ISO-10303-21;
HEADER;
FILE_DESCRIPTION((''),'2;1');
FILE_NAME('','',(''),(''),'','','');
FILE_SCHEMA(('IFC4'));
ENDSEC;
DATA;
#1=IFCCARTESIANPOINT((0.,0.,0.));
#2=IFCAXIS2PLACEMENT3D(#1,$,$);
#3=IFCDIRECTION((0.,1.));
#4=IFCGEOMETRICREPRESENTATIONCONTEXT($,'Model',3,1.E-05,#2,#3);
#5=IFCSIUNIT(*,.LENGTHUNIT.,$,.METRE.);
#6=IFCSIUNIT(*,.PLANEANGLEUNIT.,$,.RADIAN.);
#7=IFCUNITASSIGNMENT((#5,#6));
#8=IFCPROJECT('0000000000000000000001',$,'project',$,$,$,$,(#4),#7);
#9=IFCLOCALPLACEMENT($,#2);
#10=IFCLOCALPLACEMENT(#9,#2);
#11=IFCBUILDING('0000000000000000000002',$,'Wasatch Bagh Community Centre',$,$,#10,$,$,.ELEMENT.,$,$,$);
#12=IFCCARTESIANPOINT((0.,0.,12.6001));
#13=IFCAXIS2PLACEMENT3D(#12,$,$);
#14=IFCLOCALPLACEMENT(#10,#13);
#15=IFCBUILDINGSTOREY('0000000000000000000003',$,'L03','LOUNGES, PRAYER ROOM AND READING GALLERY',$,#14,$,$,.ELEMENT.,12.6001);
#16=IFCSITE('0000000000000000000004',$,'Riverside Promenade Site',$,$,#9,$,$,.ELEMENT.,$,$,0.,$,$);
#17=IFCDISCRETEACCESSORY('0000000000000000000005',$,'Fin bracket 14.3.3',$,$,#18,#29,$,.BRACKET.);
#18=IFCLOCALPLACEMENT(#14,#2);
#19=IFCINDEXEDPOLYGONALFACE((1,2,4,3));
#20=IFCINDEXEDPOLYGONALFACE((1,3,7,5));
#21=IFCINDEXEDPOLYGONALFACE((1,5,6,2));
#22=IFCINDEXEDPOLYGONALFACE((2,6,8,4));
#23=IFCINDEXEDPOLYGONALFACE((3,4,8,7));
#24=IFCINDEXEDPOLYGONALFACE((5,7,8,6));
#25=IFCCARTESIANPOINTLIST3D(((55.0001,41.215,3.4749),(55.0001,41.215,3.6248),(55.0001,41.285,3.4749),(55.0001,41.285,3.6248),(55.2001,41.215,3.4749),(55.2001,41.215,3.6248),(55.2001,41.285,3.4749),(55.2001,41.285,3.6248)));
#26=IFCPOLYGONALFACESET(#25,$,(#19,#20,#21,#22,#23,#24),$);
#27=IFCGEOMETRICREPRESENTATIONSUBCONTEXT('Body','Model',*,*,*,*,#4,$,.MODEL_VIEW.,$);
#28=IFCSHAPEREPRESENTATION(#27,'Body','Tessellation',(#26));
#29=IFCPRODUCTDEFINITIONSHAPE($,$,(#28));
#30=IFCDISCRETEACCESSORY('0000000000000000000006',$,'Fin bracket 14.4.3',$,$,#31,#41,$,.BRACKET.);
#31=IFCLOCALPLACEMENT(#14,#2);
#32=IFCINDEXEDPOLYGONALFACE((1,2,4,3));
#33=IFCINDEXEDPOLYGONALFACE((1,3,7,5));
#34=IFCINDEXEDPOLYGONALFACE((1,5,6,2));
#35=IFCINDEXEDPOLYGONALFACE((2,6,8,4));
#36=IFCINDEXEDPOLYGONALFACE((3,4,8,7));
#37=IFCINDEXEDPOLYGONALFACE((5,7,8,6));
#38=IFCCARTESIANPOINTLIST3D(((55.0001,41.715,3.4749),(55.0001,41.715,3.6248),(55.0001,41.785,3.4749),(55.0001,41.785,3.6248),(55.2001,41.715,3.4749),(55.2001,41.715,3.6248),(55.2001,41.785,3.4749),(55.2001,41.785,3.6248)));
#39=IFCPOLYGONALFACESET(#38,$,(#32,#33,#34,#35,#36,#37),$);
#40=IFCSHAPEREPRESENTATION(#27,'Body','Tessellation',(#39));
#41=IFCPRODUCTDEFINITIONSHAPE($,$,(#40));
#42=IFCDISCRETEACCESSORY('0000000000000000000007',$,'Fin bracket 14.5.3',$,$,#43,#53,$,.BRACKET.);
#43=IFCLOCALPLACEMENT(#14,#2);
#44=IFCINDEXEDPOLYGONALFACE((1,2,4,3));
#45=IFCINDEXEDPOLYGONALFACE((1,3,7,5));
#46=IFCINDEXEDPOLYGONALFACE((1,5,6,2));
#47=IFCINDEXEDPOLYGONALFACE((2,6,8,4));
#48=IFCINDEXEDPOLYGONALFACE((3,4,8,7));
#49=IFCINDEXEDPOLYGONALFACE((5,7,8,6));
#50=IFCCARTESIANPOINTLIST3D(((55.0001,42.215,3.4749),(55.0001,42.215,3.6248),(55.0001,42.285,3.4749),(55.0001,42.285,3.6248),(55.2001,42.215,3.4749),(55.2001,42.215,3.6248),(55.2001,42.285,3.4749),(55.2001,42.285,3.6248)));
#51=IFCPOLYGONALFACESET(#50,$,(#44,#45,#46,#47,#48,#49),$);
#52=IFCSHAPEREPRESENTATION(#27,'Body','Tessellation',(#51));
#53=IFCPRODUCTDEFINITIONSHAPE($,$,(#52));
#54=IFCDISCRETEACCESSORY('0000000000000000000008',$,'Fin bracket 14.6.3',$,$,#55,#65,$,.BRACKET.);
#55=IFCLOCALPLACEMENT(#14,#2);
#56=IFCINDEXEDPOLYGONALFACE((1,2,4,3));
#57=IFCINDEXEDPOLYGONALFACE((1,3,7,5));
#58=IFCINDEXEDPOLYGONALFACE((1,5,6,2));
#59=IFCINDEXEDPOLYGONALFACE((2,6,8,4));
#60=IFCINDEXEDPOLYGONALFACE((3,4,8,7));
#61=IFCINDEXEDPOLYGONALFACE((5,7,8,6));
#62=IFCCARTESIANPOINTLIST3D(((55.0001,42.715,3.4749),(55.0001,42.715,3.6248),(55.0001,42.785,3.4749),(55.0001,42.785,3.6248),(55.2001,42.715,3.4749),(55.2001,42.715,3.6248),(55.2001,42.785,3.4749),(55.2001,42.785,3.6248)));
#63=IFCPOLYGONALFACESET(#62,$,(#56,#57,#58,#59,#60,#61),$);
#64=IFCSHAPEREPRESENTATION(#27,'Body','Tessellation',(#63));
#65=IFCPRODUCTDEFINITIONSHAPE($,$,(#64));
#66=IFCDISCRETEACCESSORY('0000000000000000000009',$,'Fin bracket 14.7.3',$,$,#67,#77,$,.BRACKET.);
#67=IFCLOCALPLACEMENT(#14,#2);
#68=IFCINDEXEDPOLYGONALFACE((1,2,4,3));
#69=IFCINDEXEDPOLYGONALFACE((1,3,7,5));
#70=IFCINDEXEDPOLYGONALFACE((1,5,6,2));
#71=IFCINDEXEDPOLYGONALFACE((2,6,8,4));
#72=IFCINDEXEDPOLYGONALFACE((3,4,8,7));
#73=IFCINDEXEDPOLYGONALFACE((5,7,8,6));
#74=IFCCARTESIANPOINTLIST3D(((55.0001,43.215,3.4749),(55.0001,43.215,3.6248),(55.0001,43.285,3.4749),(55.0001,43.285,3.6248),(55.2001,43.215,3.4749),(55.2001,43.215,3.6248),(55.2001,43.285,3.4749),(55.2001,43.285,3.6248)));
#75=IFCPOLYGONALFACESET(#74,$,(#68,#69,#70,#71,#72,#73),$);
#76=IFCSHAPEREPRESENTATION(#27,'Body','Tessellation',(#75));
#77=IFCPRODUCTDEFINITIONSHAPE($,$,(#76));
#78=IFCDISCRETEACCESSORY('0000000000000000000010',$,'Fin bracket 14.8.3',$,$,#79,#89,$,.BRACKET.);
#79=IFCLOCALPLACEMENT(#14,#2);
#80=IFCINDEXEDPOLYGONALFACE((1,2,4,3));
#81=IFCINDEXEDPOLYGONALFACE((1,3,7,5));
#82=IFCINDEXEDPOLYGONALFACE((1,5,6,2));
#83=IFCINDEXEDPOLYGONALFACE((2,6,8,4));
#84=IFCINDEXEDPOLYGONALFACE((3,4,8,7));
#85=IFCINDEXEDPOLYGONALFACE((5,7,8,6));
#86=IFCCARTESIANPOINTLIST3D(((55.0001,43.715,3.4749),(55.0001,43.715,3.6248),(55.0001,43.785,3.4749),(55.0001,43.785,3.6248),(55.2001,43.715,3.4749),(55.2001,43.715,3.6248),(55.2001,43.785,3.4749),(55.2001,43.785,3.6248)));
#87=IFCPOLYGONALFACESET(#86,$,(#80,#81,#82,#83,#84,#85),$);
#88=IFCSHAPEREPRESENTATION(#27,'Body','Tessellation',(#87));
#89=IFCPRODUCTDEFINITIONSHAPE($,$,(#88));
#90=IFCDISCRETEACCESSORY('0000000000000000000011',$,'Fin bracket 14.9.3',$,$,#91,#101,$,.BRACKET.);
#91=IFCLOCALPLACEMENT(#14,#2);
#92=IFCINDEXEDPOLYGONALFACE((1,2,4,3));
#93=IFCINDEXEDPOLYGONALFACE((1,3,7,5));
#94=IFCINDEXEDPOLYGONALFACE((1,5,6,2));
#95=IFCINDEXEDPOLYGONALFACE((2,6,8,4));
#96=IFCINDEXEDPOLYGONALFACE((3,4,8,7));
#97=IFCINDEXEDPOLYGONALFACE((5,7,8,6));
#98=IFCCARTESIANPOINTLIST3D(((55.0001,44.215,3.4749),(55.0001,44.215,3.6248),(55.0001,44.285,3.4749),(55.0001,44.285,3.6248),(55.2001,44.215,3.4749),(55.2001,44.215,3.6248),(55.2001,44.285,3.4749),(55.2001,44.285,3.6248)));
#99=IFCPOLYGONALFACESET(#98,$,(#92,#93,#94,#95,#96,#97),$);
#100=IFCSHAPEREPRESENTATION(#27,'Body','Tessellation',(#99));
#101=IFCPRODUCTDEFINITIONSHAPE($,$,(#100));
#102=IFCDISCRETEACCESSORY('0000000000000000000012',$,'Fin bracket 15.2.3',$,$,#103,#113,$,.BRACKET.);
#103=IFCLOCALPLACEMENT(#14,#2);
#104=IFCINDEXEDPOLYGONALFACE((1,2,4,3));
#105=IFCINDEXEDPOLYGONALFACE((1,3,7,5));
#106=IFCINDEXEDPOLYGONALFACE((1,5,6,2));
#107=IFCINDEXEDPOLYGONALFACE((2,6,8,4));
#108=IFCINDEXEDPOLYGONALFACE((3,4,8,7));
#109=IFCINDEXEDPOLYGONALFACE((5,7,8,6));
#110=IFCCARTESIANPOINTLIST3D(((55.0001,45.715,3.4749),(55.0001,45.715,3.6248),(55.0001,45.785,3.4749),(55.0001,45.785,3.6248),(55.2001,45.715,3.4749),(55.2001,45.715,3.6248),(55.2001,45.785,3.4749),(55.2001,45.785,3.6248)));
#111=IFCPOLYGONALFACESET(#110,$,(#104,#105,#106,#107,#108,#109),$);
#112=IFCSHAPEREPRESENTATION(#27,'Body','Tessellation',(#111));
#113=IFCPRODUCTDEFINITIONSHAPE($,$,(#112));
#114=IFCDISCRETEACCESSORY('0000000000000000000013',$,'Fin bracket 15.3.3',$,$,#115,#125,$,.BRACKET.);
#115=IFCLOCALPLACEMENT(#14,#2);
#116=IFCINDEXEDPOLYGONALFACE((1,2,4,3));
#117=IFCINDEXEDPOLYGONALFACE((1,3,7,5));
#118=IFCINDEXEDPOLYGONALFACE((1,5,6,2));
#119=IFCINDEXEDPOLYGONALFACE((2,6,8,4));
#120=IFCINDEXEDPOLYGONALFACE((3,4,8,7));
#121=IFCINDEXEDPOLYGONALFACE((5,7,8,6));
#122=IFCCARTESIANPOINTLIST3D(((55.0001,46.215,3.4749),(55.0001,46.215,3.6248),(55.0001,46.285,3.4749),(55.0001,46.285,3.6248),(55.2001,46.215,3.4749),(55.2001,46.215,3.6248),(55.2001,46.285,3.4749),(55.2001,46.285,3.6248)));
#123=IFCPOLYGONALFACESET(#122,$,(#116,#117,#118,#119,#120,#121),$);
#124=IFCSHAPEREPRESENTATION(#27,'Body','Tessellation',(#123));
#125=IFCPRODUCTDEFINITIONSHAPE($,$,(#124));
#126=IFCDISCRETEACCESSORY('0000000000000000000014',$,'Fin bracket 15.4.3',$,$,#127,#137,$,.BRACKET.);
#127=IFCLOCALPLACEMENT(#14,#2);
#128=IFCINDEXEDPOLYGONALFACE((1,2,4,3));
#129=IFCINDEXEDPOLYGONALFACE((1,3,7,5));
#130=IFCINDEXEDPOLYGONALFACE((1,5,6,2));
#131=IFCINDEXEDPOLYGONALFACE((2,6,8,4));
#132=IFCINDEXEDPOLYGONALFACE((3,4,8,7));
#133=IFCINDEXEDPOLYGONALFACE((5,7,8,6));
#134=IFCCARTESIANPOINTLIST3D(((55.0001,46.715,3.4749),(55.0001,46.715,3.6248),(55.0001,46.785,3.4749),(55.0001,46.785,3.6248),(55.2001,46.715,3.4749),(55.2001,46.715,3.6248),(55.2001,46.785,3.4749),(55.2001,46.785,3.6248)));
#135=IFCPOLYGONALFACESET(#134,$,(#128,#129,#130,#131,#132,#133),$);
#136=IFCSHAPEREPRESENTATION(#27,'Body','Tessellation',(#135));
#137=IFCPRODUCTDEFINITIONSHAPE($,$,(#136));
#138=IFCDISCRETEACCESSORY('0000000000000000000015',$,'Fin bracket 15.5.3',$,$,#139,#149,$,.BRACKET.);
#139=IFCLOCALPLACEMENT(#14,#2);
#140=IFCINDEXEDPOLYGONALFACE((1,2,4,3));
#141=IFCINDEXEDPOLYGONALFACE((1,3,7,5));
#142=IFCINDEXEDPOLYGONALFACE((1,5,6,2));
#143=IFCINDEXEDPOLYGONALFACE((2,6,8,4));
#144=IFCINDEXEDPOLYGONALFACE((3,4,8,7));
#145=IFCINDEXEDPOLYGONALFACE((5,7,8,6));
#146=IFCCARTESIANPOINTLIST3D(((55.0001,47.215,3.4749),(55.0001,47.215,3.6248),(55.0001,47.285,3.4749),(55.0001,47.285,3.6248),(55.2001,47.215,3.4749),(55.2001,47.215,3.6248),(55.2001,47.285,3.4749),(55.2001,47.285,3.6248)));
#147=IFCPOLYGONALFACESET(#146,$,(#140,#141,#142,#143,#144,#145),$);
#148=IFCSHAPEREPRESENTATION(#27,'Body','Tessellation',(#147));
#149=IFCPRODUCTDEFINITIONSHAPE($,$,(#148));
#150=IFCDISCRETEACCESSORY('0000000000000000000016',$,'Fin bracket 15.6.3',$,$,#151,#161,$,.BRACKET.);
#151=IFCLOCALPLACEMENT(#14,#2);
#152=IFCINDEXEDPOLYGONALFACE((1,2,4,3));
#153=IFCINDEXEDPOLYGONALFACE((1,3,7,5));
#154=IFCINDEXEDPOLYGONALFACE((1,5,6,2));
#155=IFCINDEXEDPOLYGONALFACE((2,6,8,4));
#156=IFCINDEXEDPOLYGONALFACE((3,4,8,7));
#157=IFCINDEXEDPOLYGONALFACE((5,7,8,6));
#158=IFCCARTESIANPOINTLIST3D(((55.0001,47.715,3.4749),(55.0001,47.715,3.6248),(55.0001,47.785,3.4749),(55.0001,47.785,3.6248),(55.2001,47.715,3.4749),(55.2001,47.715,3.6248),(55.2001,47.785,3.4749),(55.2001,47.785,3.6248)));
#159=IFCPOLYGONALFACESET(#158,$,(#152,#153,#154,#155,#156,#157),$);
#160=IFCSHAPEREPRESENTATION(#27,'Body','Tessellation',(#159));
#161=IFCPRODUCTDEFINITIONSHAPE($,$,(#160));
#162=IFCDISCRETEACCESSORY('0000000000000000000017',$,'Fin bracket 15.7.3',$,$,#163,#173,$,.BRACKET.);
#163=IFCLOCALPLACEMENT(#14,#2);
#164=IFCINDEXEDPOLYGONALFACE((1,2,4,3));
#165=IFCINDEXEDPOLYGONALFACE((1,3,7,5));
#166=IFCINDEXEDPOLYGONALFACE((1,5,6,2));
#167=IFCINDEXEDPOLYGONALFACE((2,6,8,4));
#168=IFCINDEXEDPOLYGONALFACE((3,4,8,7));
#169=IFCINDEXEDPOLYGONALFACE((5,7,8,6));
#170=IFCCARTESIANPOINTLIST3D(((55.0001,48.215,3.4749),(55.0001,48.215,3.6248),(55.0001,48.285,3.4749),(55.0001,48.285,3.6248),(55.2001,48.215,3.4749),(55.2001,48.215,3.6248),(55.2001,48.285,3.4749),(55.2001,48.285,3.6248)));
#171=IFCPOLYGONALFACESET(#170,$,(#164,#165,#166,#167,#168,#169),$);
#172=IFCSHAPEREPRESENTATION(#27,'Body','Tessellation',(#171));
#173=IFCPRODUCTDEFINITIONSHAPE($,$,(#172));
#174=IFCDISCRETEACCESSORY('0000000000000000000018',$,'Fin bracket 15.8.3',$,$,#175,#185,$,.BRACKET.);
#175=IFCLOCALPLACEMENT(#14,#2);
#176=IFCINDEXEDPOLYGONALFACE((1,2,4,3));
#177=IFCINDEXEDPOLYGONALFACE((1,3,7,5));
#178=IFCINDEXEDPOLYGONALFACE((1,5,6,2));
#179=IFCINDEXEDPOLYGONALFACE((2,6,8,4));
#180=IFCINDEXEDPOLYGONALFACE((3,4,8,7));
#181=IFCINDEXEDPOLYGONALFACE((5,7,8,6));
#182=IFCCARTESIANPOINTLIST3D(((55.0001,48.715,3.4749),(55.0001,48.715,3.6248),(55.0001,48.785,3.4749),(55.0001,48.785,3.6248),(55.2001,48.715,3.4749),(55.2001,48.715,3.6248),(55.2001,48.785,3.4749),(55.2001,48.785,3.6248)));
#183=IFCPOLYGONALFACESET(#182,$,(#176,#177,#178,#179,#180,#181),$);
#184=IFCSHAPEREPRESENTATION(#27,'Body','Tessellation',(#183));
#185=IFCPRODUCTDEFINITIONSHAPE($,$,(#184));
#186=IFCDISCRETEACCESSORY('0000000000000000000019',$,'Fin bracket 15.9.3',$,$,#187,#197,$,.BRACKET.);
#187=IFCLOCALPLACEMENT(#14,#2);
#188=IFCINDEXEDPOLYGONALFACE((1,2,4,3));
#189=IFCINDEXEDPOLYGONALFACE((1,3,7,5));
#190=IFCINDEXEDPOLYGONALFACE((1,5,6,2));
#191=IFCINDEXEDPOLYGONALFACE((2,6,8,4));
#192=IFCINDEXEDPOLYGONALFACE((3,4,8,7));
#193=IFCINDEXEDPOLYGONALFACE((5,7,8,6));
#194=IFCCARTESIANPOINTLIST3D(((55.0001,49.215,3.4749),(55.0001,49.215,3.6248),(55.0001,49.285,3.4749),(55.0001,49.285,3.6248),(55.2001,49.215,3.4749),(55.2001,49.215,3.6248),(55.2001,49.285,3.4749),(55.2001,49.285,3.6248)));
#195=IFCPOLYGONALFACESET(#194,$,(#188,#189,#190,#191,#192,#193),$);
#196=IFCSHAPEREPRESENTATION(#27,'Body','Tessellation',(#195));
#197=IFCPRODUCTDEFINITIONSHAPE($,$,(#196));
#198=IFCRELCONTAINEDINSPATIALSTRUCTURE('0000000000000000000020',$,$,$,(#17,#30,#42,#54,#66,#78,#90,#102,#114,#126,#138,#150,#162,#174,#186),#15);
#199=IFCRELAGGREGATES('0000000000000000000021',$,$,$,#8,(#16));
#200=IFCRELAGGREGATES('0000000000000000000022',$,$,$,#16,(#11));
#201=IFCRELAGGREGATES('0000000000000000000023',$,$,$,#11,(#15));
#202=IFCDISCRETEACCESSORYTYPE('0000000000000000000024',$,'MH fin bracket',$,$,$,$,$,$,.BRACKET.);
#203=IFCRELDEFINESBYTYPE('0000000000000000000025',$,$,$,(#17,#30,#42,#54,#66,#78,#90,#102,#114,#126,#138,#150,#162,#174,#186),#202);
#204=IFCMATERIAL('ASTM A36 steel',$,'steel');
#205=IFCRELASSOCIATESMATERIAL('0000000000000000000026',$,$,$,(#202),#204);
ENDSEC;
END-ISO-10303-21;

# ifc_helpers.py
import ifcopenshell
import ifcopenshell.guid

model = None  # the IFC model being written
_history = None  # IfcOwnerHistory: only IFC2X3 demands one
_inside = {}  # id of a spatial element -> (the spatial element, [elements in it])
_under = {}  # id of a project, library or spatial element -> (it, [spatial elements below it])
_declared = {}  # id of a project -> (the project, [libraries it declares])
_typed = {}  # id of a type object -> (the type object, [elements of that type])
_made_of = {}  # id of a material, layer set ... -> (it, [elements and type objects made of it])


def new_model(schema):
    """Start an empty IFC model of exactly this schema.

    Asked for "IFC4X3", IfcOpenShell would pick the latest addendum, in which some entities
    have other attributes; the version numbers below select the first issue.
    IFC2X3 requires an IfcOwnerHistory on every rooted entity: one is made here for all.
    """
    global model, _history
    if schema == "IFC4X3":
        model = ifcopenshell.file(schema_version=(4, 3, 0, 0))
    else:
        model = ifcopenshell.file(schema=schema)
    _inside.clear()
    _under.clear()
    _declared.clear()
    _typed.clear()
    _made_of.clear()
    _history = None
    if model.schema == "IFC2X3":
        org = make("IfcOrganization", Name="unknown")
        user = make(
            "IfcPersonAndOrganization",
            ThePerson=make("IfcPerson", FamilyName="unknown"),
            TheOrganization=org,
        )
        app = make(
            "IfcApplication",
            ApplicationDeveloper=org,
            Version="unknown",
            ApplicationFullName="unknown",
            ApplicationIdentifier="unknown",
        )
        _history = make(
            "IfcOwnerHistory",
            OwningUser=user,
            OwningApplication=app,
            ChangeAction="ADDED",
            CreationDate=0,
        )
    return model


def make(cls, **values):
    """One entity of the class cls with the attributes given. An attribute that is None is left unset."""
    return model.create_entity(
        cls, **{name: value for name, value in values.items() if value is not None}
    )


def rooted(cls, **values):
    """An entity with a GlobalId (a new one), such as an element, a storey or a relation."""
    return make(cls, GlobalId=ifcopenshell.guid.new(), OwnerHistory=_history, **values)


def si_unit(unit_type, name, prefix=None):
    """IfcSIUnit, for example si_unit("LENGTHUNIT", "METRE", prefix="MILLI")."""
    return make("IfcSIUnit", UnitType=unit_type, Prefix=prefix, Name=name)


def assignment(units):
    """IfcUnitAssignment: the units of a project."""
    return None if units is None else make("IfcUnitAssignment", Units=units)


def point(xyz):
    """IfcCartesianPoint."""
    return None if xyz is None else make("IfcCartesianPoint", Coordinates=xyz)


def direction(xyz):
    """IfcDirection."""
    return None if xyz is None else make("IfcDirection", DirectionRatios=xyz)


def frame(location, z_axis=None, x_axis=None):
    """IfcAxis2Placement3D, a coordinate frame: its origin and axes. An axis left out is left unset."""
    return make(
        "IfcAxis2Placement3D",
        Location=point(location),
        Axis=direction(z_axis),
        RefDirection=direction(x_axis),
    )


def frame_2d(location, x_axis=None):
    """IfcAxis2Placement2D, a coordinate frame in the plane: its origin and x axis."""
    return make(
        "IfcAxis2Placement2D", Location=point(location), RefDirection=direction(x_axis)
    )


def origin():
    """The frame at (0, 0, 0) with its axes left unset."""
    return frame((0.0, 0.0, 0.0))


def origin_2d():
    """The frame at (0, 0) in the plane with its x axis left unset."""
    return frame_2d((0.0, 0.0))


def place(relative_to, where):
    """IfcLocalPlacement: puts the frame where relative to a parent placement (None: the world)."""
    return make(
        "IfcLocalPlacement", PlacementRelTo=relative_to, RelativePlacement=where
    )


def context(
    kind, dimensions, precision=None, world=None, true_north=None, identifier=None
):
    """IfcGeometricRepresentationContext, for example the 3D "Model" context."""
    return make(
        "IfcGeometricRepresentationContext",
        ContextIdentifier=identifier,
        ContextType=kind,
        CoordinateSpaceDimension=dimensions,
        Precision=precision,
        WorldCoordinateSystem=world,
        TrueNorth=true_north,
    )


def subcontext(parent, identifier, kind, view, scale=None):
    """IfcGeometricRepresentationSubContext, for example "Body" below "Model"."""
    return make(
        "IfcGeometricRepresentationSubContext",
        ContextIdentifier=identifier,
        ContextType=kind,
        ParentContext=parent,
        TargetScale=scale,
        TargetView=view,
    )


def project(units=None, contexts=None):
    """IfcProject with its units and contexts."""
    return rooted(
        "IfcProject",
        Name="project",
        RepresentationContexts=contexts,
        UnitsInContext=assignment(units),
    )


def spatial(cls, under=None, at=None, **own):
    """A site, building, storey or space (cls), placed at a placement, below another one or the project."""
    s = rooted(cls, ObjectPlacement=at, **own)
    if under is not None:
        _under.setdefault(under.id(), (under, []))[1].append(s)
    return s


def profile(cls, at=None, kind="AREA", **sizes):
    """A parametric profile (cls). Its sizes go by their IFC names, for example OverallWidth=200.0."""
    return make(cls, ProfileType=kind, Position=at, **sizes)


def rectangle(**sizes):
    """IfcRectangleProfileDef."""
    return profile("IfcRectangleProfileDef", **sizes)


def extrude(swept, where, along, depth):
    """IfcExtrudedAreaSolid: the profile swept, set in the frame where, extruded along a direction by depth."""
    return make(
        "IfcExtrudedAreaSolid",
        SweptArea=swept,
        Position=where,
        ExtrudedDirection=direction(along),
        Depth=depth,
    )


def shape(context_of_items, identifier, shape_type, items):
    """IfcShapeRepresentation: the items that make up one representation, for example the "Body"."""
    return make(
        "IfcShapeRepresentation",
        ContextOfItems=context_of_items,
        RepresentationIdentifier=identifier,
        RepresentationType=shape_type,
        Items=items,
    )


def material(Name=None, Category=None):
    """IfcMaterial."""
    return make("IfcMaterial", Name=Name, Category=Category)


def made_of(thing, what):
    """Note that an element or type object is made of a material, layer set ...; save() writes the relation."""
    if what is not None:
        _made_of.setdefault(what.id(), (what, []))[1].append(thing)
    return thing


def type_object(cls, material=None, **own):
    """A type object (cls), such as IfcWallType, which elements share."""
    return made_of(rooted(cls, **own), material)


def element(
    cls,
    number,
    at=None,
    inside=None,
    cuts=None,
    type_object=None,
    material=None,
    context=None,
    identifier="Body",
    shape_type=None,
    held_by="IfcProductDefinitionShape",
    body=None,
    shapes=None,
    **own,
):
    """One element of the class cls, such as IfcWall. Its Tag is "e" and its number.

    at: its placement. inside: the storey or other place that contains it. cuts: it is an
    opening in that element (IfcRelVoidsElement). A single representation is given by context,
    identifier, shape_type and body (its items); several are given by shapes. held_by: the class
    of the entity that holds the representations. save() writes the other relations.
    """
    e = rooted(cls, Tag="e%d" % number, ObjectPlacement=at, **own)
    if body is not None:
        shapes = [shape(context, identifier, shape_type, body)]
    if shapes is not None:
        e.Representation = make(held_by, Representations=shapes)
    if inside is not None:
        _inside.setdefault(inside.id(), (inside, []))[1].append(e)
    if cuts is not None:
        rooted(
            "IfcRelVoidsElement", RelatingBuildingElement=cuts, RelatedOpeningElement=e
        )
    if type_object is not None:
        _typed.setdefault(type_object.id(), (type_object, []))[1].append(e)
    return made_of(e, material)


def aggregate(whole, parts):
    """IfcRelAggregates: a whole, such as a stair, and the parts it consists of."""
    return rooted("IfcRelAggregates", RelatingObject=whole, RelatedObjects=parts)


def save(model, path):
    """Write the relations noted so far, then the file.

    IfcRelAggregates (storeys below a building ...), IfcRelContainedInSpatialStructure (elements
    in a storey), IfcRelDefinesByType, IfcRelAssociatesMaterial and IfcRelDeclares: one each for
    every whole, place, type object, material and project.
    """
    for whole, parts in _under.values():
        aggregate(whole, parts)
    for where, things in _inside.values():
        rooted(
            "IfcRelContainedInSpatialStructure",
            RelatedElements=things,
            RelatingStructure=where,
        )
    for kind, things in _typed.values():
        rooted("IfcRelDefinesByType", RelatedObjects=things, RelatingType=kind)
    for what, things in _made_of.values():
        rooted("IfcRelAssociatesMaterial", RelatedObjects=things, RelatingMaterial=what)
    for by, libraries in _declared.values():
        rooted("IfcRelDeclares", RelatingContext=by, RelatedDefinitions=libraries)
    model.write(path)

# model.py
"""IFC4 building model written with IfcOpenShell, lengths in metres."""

from ifc_helpers import new_model, si_unit, direction, frame, origin, origin_2d, place, context, subcontext, project, spatial, rectangle, extrude, material, type_object, element, save


model = new_model("IFC4")

# Units and contexts
model_context = context("Model", 3, precision=1e-05, world=origin(), true_north=direction((0.0, 1.0)))
body_context = subcontext(model_context, "Body", "Model", "MODEL_VIEW")
ifc_project = project(units=[si_unit("LENGTHUNIT", "METRE"), si_unit("PLANEANGLEUNIT", "RADIAN")], contexts=[model_context])

# Site, building, storey
site_placement = place(None, origin())
site = spatial("IfcSite", under=ifc_project, at=site_placement, Name="Riverside Promenade Site", CompositionType="ELEMENT", RefElevation=0.0)
building_placement = place(site_placement, origin())
building = spatial("IfcBuilding", under=site, at=building_placement, Name="Wasatch Bagh Community Centre", CompositionType="ELEMENT")
storey_placement = place(building_placement, frame((0.0, 0.0, 12.6001)))
storey = spatial("IfcBuildingStorey", under=building, at=storey_placement, Name="L03", Description="LOUNGES, PRAYER ROOM AND READING GALLERY", CompositionType="ELEMENT", Elevation=12.6001)

# Discrete accessories
ifc_material_1 = material(Name="ASTM A36 steel", Category="steel")
discrete_accessory_type = type_object("IfcDiscreteAccessoryType", Name="MH fin bracket", PredefinedType="BRACKET", material=ifc_material_1)
for number, where, z_axis, x_axis, name in (
    (1, (55.1001, 41.25, 3.4749), (0.0, 0.0, 1.0), (0.0, 1.0, 0.0), "Fin bracket 14.3.3"),
    (2, (55.1001, 41.75, 3.4749), (0.0, 0.0, 1.0), (0.0, 1.0, 0.0), "Fin bracket 14.4.3"),
    (3, (55.1001, 42.25, 3.4749), (0.0, 0.0, 1.0), (0.0, 1.0, 0.0), "Fin bracket 14.5.3"),
    (4, (55.1001, 42.75, 3.4749), (0.0, 0.0, 1.0), (0.0, 1.0, 0.0), "Fin bracket 14.6.3"),
    (5, (55.1001, 43.25, 3.4749), (0.0, 0.0, 1.0), (0.0, 1.0, 0.0), "Fin bracket 14.7.3"),
    (6, (55.1001, 43.75, 3.4749), (0.0, 0.0, 1.0), (0.0, 1.0, 0.0), "Fin bracket 14.8.3"),
    (7, (55.1001, 44.25, 3.4749), (0.0, 0.0, 1.0), (0.0, 1.0, 0.0), "Fin bracket 14.9.3"),
    (8, (55.1001, 45.75, 3.4749), (0.0, 0.0, 1.0), (0.0, 1.0, 0.0), "Fin bracket 15.2.3"),
    (9, (55.1001, 46.25, 3.4749), (0.0, 0.0, 1.0), (0.0, 1.0, 0.0), "Fin bracket 15.3.3"),
    (10, (55.1001, 46.75, 3.4749), (0.0, 0.0, 1.0), (0.0, 1.0, 0.0), "Fin bracket 15.4.3"),
    (11, (55.1001, 47.25, 3.4749), (0.0, 0.0, 1.0), (0.0, 1.0, 0.0), "Fin bracket 15.5.3"),
    (12, (55.1001, 47.75, 3.4749), (0.0, 0.0, 1.0), (0.0, 1.0, 0.0), "Fin bracket 15.6.3"),
    (13, (55.1001, 48.25, 3.4749), (0.0, 0.0, 1.0), (0.0, 1.0, 0.0), "Fin bracket 15.7.3"),
    (14, (55.1001, 48.75, 3.4749), (0.0, 0.0, 1.0), (0.0, 1.0, 0.0), "Fin bracket 15.8.3"),
    (15, (55.1001, 49.25, 3.4749), (0.0, 0.0, 1.0), (0.0, 1.0, 0.0), "Fin bracket 15.9.3"),
):
    element("IfcDiscreteAccessory", number, at=place(storey_placement, frame(where, z_axis=z_axis, x_axis=x_axis)), inside=storey, type_object=discrete_accessory_type, Name=name, PredefinedType="BRACKET", context=body_context, shape_type="SweptSolid", body=[
        extrude(rectangle(XDim=0.0701, YDim=0.2, at=origin_2d()), origin(), (0.0, 0.0, 1.0), 0.1499),
    ])

save(model, "model.ifc")
